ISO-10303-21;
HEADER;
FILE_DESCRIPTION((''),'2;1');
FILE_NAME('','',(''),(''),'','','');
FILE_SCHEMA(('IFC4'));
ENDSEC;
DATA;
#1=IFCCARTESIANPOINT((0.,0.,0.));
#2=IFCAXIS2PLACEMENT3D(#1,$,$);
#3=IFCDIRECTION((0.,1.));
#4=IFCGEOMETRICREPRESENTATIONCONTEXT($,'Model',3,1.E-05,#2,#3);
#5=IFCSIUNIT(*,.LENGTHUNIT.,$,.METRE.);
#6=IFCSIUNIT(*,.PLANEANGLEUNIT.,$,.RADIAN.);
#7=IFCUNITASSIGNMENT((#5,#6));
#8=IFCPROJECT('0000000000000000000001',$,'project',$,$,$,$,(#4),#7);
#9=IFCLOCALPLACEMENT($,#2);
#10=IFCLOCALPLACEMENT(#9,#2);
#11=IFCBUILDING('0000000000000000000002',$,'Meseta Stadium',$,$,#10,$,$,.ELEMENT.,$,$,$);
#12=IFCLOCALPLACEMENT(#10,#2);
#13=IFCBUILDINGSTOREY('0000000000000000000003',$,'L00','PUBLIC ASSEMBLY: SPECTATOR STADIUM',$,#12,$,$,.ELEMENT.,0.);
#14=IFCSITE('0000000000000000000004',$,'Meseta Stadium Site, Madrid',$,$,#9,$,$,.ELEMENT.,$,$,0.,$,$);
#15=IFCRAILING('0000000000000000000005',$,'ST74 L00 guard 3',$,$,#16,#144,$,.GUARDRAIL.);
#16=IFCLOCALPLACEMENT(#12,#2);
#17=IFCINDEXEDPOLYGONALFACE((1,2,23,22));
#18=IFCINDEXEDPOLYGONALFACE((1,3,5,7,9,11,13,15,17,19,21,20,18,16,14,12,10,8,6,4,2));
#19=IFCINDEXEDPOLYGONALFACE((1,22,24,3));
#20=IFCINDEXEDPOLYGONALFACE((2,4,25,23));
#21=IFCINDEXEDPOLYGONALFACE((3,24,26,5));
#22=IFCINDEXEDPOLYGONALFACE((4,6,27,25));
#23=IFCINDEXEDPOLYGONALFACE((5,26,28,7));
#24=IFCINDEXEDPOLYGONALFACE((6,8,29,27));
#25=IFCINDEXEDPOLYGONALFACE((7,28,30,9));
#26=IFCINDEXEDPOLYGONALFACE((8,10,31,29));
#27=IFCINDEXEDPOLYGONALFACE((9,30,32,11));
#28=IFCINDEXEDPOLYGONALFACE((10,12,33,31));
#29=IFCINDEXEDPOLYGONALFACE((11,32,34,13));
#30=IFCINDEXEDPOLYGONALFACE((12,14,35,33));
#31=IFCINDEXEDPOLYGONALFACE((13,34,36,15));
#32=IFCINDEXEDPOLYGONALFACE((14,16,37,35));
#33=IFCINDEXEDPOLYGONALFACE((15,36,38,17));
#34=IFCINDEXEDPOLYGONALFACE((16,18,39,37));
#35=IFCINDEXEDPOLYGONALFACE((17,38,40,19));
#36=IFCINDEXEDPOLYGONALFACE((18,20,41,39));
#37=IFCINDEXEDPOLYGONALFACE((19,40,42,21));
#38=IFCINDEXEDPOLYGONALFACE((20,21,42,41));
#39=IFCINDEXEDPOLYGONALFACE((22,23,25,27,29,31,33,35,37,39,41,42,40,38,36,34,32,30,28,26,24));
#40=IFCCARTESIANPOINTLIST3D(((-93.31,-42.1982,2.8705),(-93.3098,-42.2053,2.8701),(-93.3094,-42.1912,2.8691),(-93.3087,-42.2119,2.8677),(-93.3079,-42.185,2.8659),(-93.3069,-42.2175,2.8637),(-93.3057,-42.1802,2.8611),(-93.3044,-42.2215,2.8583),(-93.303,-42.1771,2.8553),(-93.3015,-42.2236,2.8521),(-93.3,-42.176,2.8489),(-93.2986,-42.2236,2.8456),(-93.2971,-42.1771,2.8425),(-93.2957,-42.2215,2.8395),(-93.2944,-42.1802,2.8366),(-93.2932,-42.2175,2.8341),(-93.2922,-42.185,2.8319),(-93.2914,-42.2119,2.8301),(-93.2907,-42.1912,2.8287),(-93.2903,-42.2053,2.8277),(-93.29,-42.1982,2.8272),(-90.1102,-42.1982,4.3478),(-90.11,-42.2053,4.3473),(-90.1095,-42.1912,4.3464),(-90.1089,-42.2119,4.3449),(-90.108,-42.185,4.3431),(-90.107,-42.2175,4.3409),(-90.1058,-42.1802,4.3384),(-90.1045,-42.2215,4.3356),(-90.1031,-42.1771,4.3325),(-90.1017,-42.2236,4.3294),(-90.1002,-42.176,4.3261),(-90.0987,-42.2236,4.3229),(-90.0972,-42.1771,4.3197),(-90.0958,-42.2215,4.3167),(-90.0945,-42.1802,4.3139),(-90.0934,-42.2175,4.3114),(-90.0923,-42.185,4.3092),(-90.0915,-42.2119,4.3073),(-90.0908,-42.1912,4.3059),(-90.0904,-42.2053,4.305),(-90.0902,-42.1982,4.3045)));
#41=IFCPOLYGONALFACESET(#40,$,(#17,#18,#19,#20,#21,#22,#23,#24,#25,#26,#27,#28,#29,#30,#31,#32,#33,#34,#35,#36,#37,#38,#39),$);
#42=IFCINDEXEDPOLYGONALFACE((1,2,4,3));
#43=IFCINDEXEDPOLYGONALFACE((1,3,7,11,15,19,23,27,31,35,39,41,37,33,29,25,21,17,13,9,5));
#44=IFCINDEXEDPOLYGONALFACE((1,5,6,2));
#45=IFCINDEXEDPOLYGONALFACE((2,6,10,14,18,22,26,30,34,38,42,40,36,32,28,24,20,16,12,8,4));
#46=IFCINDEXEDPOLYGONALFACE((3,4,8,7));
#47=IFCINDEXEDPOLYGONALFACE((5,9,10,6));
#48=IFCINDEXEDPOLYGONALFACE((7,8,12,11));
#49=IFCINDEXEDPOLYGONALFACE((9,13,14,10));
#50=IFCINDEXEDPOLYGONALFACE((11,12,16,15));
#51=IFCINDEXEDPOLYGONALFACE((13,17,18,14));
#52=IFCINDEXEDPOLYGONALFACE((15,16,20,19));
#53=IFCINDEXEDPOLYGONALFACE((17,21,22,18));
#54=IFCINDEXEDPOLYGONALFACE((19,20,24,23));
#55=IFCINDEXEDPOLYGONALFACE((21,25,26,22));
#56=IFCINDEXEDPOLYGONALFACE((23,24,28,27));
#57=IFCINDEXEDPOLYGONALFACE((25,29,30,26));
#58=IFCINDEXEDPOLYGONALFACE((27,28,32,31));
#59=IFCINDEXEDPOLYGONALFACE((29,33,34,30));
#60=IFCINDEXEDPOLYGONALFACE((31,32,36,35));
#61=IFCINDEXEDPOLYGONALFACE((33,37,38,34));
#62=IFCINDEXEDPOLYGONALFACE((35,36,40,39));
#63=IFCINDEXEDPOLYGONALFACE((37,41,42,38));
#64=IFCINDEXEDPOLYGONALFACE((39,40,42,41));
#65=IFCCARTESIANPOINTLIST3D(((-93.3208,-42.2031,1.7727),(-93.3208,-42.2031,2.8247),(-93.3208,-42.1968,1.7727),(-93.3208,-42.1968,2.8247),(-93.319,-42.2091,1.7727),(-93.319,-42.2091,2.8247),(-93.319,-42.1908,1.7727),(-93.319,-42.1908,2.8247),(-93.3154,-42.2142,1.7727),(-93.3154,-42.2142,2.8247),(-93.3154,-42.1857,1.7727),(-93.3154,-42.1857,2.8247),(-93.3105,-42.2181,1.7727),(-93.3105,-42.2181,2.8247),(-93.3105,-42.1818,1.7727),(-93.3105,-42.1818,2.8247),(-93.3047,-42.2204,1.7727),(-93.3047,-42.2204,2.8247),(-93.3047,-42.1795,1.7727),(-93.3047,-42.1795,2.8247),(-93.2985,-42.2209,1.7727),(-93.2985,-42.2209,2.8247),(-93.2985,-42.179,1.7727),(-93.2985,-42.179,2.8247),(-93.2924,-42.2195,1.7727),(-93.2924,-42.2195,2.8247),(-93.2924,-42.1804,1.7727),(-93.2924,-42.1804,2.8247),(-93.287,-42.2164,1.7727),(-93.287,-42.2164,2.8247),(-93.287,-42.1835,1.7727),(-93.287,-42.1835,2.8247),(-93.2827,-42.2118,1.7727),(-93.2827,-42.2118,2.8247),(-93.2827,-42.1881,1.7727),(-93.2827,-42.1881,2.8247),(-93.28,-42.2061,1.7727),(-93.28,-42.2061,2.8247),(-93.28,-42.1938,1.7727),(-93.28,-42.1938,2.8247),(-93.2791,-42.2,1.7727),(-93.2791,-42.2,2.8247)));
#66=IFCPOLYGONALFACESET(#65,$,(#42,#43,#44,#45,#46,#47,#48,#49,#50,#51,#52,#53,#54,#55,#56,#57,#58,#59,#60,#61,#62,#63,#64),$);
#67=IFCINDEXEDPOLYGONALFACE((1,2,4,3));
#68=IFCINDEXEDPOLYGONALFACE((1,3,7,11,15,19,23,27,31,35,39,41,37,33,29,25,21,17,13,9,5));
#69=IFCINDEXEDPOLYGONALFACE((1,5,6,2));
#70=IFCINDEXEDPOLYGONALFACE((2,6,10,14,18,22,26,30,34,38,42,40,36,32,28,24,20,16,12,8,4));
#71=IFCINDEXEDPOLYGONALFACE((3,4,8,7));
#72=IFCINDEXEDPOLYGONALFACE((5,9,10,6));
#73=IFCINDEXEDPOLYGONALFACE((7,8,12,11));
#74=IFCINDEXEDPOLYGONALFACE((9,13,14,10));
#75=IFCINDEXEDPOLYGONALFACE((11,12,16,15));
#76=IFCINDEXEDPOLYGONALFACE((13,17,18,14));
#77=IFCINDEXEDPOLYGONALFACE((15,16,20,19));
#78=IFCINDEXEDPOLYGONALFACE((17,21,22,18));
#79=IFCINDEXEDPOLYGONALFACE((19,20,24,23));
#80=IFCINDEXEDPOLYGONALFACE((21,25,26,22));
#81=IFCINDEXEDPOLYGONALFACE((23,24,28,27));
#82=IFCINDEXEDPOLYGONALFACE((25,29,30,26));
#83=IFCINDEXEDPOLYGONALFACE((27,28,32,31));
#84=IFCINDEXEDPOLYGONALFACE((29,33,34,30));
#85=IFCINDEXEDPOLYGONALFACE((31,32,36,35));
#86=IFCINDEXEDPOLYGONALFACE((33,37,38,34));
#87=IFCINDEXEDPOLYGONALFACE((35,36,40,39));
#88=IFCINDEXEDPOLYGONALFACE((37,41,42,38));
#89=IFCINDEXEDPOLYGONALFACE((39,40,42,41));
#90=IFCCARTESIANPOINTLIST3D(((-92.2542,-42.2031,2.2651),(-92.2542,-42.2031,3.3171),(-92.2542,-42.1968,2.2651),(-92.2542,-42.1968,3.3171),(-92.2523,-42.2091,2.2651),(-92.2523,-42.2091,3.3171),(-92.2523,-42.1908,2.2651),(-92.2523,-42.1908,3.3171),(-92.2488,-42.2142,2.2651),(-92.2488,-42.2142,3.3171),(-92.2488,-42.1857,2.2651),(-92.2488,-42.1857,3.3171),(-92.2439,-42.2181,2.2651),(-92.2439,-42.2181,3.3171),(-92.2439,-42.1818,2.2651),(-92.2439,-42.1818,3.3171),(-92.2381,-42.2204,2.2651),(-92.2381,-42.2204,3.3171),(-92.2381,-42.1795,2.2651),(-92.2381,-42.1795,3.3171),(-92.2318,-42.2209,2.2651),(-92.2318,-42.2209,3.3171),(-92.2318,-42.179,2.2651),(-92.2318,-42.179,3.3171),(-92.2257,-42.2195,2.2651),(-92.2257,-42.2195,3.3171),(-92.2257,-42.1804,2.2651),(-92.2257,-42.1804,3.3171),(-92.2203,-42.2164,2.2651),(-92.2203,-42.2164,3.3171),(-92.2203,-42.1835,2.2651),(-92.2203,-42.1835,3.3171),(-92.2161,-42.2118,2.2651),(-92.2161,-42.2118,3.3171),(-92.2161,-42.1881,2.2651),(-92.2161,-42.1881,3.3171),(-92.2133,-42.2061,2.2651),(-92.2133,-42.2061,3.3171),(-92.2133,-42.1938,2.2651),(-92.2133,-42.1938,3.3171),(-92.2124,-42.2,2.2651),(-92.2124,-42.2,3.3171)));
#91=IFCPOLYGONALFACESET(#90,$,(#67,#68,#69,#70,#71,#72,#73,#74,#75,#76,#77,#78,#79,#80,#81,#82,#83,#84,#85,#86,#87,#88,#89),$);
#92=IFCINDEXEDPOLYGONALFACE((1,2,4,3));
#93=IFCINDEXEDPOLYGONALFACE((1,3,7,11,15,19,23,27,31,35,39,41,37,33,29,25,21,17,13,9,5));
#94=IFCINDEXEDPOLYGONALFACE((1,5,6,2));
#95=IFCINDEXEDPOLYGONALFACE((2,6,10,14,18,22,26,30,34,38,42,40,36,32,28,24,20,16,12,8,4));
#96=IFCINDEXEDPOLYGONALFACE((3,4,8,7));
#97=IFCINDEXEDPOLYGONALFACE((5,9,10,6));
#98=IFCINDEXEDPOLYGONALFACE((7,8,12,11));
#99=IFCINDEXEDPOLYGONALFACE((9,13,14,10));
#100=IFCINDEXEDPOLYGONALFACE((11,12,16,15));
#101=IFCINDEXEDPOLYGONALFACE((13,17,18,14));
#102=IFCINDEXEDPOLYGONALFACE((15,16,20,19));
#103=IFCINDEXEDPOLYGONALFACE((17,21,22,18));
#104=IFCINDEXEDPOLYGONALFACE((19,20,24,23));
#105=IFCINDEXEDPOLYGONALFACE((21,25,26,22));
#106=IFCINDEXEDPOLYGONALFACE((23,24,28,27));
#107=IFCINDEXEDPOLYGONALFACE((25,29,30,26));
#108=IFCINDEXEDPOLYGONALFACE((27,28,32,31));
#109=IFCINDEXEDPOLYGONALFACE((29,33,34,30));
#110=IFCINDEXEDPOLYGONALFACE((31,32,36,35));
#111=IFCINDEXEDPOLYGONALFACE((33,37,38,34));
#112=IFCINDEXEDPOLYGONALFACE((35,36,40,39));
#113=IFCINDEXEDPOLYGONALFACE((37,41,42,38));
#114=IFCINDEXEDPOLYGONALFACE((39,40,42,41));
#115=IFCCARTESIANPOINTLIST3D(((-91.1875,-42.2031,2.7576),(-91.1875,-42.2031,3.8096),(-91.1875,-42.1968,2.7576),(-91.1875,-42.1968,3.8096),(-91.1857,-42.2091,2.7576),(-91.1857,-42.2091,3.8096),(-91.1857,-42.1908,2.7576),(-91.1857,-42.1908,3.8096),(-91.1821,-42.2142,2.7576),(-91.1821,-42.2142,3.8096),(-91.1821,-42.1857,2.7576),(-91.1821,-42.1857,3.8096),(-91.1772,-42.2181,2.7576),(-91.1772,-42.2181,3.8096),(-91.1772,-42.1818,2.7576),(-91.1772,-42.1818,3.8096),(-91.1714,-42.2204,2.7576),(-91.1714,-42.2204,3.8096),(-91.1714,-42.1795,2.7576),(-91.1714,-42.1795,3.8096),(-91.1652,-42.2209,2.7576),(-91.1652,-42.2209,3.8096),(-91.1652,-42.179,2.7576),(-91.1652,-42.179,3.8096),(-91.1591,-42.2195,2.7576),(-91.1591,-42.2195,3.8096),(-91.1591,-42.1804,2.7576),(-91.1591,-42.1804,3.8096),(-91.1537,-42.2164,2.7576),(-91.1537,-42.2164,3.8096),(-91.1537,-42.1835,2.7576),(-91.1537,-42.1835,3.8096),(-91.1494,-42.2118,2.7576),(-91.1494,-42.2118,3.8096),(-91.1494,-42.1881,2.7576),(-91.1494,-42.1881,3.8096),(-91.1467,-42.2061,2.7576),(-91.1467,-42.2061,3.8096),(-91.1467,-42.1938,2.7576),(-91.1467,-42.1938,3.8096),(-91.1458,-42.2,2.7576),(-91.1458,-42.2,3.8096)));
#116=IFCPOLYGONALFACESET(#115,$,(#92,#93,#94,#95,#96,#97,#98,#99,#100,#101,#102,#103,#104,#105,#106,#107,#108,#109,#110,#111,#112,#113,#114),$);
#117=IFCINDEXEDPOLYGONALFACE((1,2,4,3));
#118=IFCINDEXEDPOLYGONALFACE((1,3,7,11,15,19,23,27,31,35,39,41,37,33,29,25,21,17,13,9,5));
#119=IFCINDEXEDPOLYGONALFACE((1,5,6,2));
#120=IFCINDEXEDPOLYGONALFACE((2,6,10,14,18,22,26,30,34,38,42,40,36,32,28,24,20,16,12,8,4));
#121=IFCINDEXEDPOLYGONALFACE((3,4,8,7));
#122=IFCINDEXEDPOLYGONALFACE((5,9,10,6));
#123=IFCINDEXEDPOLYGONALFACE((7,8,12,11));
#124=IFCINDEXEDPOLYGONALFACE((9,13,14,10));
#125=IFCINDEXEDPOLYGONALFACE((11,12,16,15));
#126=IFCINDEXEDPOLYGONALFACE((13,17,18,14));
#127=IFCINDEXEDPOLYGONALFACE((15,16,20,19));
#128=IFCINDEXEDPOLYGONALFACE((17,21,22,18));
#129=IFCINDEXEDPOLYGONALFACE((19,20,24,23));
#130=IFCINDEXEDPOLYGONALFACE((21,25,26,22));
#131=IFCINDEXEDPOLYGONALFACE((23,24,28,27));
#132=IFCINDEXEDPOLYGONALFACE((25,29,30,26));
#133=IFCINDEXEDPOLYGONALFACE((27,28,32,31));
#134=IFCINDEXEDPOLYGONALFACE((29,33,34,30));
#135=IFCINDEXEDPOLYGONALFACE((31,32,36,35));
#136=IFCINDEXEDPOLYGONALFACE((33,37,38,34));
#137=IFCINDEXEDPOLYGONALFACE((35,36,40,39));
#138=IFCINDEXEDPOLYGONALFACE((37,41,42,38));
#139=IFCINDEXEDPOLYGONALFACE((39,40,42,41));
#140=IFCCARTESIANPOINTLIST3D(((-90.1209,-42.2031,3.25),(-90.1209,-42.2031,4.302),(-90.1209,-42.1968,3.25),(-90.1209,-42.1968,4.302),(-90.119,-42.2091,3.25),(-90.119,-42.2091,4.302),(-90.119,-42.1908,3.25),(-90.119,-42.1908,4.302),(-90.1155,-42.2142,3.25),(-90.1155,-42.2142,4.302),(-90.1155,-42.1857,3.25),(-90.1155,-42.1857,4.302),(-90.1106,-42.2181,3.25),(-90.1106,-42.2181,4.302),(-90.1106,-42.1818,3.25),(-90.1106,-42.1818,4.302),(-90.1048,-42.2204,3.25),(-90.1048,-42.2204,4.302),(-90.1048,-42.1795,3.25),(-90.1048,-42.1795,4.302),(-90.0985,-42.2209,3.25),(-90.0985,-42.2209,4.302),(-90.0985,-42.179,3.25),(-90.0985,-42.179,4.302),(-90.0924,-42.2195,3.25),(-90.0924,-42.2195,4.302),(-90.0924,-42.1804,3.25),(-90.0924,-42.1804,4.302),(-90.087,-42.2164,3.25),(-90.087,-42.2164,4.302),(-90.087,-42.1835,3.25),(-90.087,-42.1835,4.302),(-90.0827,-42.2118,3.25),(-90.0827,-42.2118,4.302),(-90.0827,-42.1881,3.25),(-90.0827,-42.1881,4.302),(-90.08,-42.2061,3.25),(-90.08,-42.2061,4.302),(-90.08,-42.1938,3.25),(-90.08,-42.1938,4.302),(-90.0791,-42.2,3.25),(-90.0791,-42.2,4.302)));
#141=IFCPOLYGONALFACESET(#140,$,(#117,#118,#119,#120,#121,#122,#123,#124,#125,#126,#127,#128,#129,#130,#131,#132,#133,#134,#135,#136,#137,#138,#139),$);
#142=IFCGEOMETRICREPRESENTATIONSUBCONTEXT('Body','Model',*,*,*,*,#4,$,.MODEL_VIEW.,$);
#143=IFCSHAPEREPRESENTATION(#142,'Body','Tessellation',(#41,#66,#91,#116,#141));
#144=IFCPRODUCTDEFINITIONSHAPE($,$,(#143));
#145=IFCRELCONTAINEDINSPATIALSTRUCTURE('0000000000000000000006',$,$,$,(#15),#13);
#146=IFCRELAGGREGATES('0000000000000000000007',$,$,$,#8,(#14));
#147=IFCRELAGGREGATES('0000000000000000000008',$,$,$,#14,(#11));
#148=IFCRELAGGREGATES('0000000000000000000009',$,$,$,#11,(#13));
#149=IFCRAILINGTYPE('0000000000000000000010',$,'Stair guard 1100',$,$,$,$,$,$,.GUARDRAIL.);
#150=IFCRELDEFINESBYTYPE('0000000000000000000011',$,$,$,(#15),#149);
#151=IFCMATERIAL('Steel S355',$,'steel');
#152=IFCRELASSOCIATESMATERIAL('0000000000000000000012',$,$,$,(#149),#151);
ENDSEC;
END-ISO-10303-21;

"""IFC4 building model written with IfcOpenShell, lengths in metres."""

from ifc_helpers import new_model, si_unit, direction, frame, origin, origin_2d, place, context, subcontext, project, spatial, circle, extrude, material, type_object, element, save


model = new_model("IFC4")

# Units and contexts
model_context = context("Model", 3, precision=1e-05, world=origin(), true_north=direction((0.0, 1.0)))
body_context = subcontext(model_context, "Body", "Model", "MODEL_VIEW")
ifc_project = project(units=[si_unit("LENGTHUNIT", "METRE"), si_unit("PLANEANGLEUNIT", "RADIAN")], contexts=[model_context])

# Site, building, storey
site_placement = place(None, origin())
site = spatial("IfcSite", under=ifc_project, at=site_placement, Name="Meseta Stadium Site, Madrid", CompositionType="ELEMENT", RefElevation=0.0)
building_placement = place(site_placement, origin())
building = spatial("IfcBuilding", under=site, at=building_placement, Name="Meseta Stadium", CompositionType="ELEMENT")
storey_placement = place(building_placement, origin())
storey = spatial("IfcBuildingStorey", under=building, at=storey_placement, Name="L00", Description="PUBLIC ASSEMBLY: SPECTATOR STADIUM", CompositionType="ELEMENT", Elevation=0.0)

# Railing
ifc_material_1 = material(Name="Steel S355", Category="steel")
railing_type_1 = type_object("IfcRailingType", Name="Stair guard 1100", PredefinedType="GUARDRAIL", material=ifc_material_1)
railing_1_placement = place(storey_placement, frame((-93.3, -42.2, 1.7727)))
element("IfcRailing", 1, at=railing_1_placement, inside=storey, type_object=railing_type_1, Name="ST74 L00 guard 3", PredefinedType="GUARDRAIL", context=body_context, shape_type="SweptSolid", body=[
    extrude(circle(Radius=0.0239, at=origin_2d()), frame((0.0, 0.0, 1.0762), z_axis=(0.907917, 0.0, 0.41915), x_axis=(0.0, 1.0, 0.0)), (0.0, 0.0, 1.0), 3.5244),
    extrude(circle(Radius=0.021, at=origin_2d()), origin(), (0.0, 0.0, 1.0), 1.052),
    extrude(circle(Radius=0.021, at=origin_2d()), frame((1.0667, 0.0, 0.4924)), (0.0, 0.0, 1.0), 1.052),
    extrude(circle(Radius=0.021, at=origin_2d()), frame((2.1333, 0.0, 0.9849)), (0.0, 0.0, 1.0), 1.052),
    extrude(circle(Radius=0.021, at=origin_2d()), frame((3.2, 0.0, 1.4773)), (0.0, 0.0, 1.0), 1.052),
])

save(model, "model.ifc")
